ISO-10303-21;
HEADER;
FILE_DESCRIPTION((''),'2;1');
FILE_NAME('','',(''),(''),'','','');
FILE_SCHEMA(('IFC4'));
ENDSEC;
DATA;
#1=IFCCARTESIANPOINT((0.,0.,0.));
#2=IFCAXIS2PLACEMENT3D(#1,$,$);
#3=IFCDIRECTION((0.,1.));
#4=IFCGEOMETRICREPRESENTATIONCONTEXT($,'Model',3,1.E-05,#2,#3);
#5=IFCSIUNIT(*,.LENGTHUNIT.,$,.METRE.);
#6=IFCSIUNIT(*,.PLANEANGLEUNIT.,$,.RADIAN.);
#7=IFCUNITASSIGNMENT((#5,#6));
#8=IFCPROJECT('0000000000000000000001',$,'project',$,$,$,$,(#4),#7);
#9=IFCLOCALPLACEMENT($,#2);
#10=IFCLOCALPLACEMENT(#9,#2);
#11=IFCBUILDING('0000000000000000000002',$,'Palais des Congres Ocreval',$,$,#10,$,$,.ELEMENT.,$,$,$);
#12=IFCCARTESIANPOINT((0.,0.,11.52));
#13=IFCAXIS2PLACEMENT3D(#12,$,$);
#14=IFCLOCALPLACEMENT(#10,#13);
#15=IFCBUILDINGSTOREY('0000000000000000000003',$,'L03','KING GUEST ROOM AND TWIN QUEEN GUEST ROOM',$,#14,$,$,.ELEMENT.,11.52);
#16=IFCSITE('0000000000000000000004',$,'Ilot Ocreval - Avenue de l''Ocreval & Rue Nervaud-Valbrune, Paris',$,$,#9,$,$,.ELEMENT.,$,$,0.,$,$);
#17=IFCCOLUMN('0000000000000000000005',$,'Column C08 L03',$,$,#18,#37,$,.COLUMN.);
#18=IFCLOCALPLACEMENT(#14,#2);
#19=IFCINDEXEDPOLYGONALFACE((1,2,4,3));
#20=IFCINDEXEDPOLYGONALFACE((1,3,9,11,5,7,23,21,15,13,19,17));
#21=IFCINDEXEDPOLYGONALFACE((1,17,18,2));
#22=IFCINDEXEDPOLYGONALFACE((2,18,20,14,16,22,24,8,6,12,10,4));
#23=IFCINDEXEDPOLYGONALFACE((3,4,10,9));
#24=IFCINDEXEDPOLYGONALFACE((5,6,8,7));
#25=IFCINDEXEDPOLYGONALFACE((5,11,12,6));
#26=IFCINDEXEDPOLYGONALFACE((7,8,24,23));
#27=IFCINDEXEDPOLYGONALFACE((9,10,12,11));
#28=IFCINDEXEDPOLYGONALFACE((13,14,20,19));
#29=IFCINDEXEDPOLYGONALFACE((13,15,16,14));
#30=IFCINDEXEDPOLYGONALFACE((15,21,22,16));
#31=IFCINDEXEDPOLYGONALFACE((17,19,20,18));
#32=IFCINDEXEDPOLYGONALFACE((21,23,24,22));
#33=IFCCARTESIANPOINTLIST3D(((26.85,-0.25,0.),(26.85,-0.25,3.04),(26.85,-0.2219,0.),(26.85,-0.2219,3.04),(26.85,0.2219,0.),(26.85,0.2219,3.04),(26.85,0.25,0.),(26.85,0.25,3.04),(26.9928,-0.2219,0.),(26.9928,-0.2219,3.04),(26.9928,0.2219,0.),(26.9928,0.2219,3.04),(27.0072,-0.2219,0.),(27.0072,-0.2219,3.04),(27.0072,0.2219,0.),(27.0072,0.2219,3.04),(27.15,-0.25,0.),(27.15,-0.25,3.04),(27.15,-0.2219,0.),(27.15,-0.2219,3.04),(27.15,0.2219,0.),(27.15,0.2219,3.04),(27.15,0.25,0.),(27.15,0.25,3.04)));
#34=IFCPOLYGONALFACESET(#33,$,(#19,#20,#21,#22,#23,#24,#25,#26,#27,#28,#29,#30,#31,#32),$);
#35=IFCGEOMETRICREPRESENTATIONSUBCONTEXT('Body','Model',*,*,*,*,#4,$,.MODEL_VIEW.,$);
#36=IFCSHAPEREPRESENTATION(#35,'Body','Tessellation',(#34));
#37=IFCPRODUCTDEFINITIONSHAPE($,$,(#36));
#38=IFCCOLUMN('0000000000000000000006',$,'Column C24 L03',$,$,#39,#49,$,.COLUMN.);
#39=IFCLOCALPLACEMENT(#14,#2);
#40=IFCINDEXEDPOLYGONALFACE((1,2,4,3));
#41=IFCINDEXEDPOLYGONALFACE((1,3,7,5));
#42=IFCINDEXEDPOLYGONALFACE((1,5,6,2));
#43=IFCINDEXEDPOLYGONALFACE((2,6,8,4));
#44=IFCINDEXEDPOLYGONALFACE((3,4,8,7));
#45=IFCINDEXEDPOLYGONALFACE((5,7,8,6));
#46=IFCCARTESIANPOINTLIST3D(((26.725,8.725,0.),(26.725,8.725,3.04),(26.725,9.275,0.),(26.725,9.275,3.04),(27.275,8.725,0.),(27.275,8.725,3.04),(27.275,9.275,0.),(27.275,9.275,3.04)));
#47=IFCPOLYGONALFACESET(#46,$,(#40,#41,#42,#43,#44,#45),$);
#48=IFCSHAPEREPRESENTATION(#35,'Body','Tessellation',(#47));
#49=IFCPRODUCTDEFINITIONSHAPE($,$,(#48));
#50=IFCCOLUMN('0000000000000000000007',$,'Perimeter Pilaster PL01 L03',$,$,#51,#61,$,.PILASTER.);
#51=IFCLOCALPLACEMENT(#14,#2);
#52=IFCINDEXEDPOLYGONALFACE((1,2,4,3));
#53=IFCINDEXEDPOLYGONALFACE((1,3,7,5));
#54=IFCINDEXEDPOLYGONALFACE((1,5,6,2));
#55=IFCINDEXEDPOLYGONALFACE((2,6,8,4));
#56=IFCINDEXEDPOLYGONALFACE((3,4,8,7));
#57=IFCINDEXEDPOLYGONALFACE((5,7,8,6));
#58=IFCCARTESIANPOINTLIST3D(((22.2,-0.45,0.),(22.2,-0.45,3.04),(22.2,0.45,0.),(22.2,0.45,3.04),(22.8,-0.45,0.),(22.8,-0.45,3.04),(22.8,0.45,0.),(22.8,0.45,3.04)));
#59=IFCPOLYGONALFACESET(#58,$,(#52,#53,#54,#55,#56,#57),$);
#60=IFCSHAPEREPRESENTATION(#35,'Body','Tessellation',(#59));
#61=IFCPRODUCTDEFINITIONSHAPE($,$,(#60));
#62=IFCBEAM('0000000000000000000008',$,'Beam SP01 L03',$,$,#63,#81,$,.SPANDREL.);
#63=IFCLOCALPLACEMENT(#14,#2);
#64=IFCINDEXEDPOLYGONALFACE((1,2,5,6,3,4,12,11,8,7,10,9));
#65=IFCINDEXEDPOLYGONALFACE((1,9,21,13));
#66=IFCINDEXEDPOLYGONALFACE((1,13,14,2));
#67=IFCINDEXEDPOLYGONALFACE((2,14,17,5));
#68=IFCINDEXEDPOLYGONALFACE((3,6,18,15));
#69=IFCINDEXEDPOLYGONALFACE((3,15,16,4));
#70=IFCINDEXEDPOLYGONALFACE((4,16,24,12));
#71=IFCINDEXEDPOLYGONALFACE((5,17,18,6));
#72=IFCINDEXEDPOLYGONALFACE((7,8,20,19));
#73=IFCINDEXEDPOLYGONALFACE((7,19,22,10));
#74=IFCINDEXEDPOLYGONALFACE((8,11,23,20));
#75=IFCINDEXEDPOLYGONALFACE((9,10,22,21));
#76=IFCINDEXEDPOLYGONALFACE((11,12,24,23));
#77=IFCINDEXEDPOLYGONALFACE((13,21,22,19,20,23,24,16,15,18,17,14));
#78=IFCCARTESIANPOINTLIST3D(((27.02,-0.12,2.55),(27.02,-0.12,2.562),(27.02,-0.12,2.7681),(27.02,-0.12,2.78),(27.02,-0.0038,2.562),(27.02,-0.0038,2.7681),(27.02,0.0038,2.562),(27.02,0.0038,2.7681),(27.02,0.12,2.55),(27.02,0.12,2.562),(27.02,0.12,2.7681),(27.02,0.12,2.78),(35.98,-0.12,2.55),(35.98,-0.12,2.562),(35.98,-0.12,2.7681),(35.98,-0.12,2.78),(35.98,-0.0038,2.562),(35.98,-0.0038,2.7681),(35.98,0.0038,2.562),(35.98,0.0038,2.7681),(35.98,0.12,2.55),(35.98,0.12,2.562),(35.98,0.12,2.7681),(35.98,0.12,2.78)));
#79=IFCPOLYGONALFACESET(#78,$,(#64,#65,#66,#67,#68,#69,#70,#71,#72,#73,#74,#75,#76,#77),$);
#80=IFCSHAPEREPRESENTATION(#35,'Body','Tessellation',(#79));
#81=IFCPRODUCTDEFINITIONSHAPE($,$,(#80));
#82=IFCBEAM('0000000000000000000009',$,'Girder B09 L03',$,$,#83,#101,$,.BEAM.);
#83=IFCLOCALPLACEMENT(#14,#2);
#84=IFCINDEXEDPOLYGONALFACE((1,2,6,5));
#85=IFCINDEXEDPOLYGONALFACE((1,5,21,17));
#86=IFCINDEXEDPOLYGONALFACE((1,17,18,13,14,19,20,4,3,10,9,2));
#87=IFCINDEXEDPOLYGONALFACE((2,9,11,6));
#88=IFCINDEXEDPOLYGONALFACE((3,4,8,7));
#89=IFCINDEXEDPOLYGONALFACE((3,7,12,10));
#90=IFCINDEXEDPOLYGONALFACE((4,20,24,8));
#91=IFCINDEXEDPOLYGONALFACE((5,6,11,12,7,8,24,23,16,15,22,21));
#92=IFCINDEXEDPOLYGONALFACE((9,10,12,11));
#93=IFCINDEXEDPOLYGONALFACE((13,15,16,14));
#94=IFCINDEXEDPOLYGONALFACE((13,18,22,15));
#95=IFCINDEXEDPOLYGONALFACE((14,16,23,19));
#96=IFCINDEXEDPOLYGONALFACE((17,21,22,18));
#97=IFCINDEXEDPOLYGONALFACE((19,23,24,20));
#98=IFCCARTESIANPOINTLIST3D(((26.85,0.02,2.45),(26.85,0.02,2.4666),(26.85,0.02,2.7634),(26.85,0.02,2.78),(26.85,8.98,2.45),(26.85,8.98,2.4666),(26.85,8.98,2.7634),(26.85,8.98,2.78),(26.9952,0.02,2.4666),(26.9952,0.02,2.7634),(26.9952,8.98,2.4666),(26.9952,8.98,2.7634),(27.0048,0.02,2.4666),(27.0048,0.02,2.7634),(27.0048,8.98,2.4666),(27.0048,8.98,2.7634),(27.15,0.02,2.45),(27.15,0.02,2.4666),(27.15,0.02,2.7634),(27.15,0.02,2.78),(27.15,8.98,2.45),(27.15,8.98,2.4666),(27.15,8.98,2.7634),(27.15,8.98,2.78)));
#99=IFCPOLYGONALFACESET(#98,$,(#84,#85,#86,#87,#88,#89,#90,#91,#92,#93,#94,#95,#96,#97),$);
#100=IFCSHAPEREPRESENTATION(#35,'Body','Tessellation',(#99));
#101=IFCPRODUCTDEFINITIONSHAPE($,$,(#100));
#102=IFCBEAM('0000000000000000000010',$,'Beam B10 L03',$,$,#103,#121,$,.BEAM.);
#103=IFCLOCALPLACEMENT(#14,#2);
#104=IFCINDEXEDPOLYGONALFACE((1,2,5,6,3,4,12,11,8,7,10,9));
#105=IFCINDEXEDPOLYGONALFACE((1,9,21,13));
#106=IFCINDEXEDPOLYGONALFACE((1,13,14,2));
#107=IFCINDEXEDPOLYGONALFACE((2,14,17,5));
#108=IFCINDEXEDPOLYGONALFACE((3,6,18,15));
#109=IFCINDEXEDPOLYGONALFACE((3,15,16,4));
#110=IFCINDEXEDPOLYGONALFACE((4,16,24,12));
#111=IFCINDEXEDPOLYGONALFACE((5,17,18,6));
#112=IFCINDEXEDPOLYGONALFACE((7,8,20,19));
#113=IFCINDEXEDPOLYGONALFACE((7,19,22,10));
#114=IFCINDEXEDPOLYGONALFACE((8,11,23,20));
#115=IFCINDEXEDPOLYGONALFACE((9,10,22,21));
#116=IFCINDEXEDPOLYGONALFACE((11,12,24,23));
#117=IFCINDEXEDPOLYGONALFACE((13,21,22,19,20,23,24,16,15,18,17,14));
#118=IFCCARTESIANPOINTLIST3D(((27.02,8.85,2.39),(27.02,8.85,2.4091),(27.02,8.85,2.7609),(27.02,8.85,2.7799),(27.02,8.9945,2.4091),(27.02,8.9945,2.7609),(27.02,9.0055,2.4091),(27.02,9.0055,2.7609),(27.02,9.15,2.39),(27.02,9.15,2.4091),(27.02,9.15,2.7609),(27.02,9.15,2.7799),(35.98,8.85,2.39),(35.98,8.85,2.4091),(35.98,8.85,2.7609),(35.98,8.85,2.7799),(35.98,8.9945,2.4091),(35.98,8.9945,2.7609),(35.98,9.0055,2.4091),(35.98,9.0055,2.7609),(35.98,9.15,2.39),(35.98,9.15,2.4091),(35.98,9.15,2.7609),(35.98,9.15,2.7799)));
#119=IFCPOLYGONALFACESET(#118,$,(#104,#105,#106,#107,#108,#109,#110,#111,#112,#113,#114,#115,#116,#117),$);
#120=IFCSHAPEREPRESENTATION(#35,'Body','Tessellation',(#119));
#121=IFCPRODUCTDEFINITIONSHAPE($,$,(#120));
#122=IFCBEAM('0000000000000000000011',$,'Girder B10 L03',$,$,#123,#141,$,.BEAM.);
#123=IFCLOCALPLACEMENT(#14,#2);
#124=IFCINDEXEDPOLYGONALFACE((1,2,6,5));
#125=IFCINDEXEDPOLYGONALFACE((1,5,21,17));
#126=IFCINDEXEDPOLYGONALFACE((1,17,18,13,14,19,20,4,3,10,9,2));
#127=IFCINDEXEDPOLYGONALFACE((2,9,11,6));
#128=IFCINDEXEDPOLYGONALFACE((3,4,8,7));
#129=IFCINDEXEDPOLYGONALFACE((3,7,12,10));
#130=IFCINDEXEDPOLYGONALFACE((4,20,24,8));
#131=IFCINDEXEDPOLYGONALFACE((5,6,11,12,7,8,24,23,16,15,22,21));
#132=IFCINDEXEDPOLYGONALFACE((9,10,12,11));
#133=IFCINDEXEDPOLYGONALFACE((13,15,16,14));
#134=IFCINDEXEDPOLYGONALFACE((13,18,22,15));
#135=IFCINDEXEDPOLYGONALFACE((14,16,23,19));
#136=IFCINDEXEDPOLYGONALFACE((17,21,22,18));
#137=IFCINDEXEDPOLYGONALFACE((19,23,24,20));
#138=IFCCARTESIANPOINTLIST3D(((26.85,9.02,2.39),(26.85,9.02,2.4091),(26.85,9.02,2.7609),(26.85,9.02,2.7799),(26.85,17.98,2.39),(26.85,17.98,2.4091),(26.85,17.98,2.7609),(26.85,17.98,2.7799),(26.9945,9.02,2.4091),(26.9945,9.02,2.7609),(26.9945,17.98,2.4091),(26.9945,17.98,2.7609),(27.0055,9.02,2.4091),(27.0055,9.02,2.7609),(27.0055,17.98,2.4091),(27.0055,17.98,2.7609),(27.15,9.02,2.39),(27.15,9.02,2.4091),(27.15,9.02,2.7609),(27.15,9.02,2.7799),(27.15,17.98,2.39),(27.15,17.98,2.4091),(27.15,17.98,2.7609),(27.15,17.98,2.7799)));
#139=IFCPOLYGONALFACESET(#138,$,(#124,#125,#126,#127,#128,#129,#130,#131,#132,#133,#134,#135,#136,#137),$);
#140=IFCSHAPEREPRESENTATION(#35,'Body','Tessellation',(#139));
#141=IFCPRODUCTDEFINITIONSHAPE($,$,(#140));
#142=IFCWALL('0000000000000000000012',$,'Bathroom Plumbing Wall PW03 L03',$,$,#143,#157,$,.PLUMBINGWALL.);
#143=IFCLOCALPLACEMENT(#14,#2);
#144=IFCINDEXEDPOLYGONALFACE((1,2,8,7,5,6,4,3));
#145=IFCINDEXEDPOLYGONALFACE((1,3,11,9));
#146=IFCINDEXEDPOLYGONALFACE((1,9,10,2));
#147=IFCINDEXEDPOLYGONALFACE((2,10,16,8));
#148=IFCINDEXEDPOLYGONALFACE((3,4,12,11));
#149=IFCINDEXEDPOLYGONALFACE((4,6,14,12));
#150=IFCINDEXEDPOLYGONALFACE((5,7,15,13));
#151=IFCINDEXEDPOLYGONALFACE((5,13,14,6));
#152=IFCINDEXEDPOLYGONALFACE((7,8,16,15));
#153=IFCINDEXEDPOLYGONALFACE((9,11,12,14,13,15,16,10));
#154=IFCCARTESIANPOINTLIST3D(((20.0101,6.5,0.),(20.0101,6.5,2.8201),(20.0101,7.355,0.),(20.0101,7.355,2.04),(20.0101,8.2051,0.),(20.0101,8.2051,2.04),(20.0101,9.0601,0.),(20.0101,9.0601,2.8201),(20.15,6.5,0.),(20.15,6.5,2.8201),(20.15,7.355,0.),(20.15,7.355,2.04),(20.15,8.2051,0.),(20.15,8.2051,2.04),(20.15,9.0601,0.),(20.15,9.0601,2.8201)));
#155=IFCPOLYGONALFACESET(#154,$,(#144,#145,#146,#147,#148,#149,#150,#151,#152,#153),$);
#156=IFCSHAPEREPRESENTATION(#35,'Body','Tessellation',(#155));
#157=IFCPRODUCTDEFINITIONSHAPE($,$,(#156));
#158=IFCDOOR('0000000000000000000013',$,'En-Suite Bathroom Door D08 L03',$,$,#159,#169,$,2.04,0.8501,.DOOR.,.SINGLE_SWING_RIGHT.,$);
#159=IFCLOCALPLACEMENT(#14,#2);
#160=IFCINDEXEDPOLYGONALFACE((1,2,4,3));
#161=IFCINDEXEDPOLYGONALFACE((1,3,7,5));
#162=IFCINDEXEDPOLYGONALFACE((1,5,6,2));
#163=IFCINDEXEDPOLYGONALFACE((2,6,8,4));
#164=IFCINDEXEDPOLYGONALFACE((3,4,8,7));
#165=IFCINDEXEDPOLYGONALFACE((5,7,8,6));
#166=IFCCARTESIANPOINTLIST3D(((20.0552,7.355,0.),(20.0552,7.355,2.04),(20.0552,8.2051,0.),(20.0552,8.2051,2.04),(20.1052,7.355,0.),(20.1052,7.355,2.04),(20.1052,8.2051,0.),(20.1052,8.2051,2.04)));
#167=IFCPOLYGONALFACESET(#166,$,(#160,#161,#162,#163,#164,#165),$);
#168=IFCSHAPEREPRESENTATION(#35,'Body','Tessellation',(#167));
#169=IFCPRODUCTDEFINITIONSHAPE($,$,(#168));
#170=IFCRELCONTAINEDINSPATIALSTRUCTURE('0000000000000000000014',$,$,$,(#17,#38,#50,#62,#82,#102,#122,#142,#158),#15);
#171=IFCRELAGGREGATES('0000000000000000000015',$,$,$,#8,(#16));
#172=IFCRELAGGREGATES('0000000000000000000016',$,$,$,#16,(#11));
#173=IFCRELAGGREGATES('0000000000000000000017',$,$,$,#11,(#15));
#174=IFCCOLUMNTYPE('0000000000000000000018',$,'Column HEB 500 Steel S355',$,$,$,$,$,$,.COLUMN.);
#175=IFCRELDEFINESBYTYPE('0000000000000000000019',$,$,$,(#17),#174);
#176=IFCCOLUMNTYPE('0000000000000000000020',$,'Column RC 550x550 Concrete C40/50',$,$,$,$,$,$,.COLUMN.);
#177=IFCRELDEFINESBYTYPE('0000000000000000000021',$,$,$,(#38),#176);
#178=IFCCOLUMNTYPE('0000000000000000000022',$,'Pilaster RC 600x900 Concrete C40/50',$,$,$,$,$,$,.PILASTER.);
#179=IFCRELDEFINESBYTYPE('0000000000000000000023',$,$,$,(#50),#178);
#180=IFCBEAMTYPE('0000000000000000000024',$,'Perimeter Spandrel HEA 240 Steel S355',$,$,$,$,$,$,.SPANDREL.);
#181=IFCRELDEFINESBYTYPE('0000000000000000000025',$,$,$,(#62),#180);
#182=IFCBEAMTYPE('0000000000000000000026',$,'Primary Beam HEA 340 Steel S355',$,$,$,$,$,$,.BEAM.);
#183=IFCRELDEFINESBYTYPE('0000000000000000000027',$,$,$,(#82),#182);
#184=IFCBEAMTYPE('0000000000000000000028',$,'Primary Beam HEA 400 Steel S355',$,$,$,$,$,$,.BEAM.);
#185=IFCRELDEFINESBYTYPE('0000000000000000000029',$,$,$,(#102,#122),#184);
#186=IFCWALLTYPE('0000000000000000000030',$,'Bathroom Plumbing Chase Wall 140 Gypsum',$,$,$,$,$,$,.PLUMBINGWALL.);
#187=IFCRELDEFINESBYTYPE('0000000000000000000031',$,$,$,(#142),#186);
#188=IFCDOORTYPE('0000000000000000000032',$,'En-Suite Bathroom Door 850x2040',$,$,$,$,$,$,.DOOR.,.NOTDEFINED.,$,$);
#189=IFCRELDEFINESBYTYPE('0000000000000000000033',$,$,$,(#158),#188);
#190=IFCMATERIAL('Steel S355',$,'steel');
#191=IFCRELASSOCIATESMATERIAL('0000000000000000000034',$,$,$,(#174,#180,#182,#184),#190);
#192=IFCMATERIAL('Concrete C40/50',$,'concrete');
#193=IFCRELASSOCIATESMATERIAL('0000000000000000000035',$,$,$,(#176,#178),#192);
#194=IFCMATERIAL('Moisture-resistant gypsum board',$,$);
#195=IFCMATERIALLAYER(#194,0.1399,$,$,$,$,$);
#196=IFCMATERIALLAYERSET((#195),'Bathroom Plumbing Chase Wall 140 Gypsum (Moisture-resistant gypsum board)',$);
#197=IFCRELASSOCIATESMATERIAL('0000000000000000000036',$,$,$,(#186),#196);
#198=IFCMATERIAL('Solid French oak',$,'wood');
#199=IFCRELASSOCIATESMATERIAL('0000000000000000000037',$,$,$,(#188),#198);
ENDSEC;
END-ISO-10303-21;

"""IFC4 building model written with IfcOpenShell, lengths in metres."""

from ifc_helpers import new_model, si_unit, direction, frame, frame_2d, origin, origin_2d, place, context, subcontext, project, spatial, rectangle, i_section, extrude, material, layer, layer_set, material_profile, profile_set, type_object, element, fill, save


model = new_model("IFC4")

# Units and contexts
model_context = context("Model", 3, precision=1e-05, world=origin(), true_north=direction((0.0, 1.0)))
body_context = subcontext(model_context, "Body", "Model", "MODEL_VIEW")
ifc_project = project(units=[si_unit("LENGTHUNIT", "METRE"), si_unit("PLANEANGLEUNIT", "RADIAN")], contexts=[model_context])

# Site, building, storey
site_placement = place(None, origin())
site = spatial("IfcSite", under=ifc_project, at=site_placement, Name="Ilot Ocreval - Avenue de l'Ocreval & Rue Nervaud-Valbrune, Paris", CompositionType="ELEMENT", RefElevation=0.0)
building_placement = place(site_placement, origin())
building = spatial("IfcBuilding", under=site, at=building_placement, Name="Palais des Congres Ocreval", CompositionType="ELEMENT")
storey_placement = place(building_placement, frame((0.0, 0.0, 11.52)))
storey = spatial("IfcBuildingStorey", under=building, at=storey_placement, Name="L03", Description="KING GUEST ROOM AND TWIN QUEEN GUEST ROOM", CompositionType="ELEMENT", Elevation=11.52)

# Columns
ifc_material_1 = material(Name="Steel S355", Category="steel")
ifc_material_profile_1 = material_profile(ifc_material_1, i_section(OverallWidth=0.3, OverallDepth=0.5, WebThickness=0.0144, FlangeThickness=0.0281, at=origin_2d()), Name="HEB 500")
ifc_profile_set_1 = profile_set([ifc_material_profile_1], Name="Steel S355")
column_type_1 = type_object("IfcColumnType", Name="Column HEB 500 Steel S355", PredefinedType="COLUMN", material=ifc_profile_set_1)
column_1_placement = place(storey_placement, frame((27.0, 0.0, 0.0), z_axis=(0.0, 0.0, 1.0), x_axis=(1.0, 0.0, 0.0)))
element("IfcColumn", 1, at=column_1_placement, inside=storey, type_object=column_type_1, Name="Column C08 L03", PredefinedType="COLUMN", context=body_context, shape_type="SweptSolid", body=[
    extrude(i_section(OverallWidth=0.3, OverallDepth=0.5, WebThickness=0.0144, FlangeThickness=0.0281, at=origin_2d()), origin(), (0.0, 0.0, 1.0), 3.04),
])
ifc_material_2 = material(Name="Concrete C40/50", Category="concrete")
ifc_material_profile_2 = material_profile(ifc_material_2, rectangle(XDim=0.55, YDim=0.55, at=origin_2d()), Name="RC 550x550")
ifc_profile_set_2 = profile_set([ifc_material_profile_2], Name="Concrete C40/50")
column_type_2 = type_object("IfcColumnType", Name="Column RC 550x550 Concrete C40/50", PredefinedType="COLUMN", material=ifc_profile_set_2)
column_2_placement = place(storey_placement, frame((27.0, 9.0, 0.0), z_axis=(0.0, 0.0, 1.0), x_axis=(1.0, 0.0, 0.0)))
element("IfcColumn", 2, at=column_2_placement, inside=storey, type_object=column_type_2, Name="Column C24 L03", PredefinedType="COLUMN", context=body_context, shape_type="SweptSolid", body=[
    extrude(rectangle(XDim=0.55, YDim=0.55, at=origin_2d()), origin(), (0.0, 0.0, 1.0), 3.04),
])
ifc_material_profile_3 = material_profile(ifc_material_2, rectangle(XDim=0.6001, YDim=0.8999, at=origin_2d()), Name="RC 600x900")
ifc_profile_set_3 = profile_set([ifc_material_profile_3], Name="Concrete C40/50")
column_type_3 = type_object("IfcColumnType", Name="Pilaster RC 600x900 Concrete C40/50", PredefinedType="PILASTER", material=ifc_profile_set_3)
column_3_placement = place(storey_placement, frame((22.5, 0.0, 0.0), z_axis=(0.0, 0.0, 1.0), x_axis=(1.0, 0.0, 0.0)))
element("IfcColumn", 3, at=column_3_placement, inside=storey, type_object=column_type_3, Name="Perimeter Pilaster PL01 L03", PredefinedType="PILASTER", context=body_context, shape_type="SweptSolid", body=[
    extrude(rectangle(XDim=0.6001, YDim=0.8999, at=origin_2d()), origin(), (0.0, 0.0, 1.0), 3.04),
])

# Beams
ifc_material_profile_4 = material_profile(ifc_material_1, i_section(OverallWidth=0.24, OverallDepth=0.23, WebThickness=0.0076, FlangeThickness=0.012, at=origin_2d()), Name="HEA 240")
ifc_profile_set_4 = profile_set([ifc_material_profile_4], Name="Steel S355")
beam_type_1 = type_object("IfcBeamType", Name="Perimeter Spandrel HEA 240 Steel S355", PredefinedType="SPANDREL", material=ifc_profile_set_4)
beam_1_placement = place(storey_placement, frame((27.02, 0.0, 2.665), z_axis=(1.0, 0.0, 0.0), x_axis=(0.0, 1.0, 0.0)))
element("IfcBeam", 4, at=beam_1_placement, inside=storey, type_object=beam_type_1, Name="Beam SP01 L03", PredefinedType="SPANDREL", context=body_context, shape_type="SweptSolid", body=[
    extrude(i_section(OverallWidth=0.24, OverallDepth=0.23, WebThickness=0.0076, FlangeThickness=0.012, at=origin_2d()), origin(), (0.0, 0.0, 1.0), 8.96),
])
ifc_material_profile_5 = material_profile(ifc_material_1, i_section(OverallWidth=0.3, OverallDepth=0.3301, WebThickness=0.0095, FlangeThickness=0.0166, at=origin_2d()), Name="HEA 340")
ifc_profile_set_5 = profile_set([ifc_material_profile_5], Name="Steel S355")
beam_type_2 = type_object("IfcBeamType", Name="Primary Beam HEA 340 Steel S355", PredefinedType="BEAM", material=ifc_profile_set_5)
beam_2_placement = place(storey_placement, frame((27.0, 0.02, 2.615), z_axis=(0.0, 1.0, 0.0), x_axis=(-1.0, 0.0, 0.0)))
element("IfcBeam", 5, at=beam_2_placement, inside=storey, type_object=beam_type_2, Name="Girder B09 L03", PredefinedType="BEAM", context=body_context, shape_type="SweptSolid", body=[
    extrude(i_section(OverallWidth=0.3, OverallDepth=0.3301, WebThickness=0.0095, FlangeThickness=0.0166, at=origin_2d()), origin(), (0.0, 0.0, 1.0), 8.96),
])
ifc_material_profile_6 = material_profile(ifc_material_1, i_section(OverallWidth=0.3, OverallDepth=0.3899, WebThickness=0.011, FlangeThickness=0.019, at=origin_2d()), Name="HEA 400")
ifc_profile_set_6 = profile_set([ifc_material_profile_6], Name="Steel S355")
beam_type_3 = type_object("IfcBeamType", Name="Primary Beam HEA 400 Steel S355", PredefinedType="BEAM", material=ifc_profile_set_6)
for number, where, z_axis, x_axis, name in (
    (6, (27.02, 9.0, 2.585), (1.0, 0.0, 0.0), (0.0, 1.0, 0.0), "Beam B10 L03"),
    (7, (27.0, 9.02, 2.585), (0.0, 1.0, 0.0), (-1.0, 0.0, 0.0), "Girder B10 L03"),
):
    element("IfcBeam", number, at=place(storey_placement, frame(where, z_axis=z_axis, x_axis=x_axis)), inside=storey, type_object=beam_type_3, Name=name, PredefinedType="BEAM", context=body_context, shape_type="SweptSolid", body=[
        extrude(i_section(OverallWidth=0.3, OverallDepth=0.3899, WebThickness=0.011, FlangeThickness=0.019, at=origin_2d()), origin(), (0.0, 0.0, 1.0), 8.96),
    ])

# Wall, opening, door
ifc_material_3 = material(Name="Moisture-resistant gypsum board")
ifc_layer_1 = layer(ifc_material_3, 0.1399)
ifc_layer_set_1 = layer_set([ifc_layer_1], Name="Bathroom Plumbing Chase Wall 140 Gypsum (Moisture-resistant gypsum board)")
wall_type_1 = type_object("IfcWallType", Name="Bathroom Plumbing Chase Wall 140 Gypsum", PredefinedType="PLUMBINGWALL", material=ifc_layer_set_1)
wall_1_placement = place(storey_placement, frame((20.0801, 6.5, 0.0), z_axis=(0.0, 0.0, 1.0), x_axis=(0.0, 1.0, 0.0)))
wall_1 = element("IfcWall", 8, at=wall_1_placement, inside=storey, type_object=wall_type_1, Name="Bathroom Plumbing Wall PW03 L03", PredefinedType="PLUMBINGWALL", context=body_context, shape_type="SweptSolid", body=[
    extrude(rectangle(XDim=2.5601, YDim=0.1399, at=frame_2d((1.28, 0.0))), origin(), (0.0, 0.0, 1.0), 2.8201),
])
opening_1_placement = place(wall_1_placement, frame((0.855, 0.0, 0.0)))
opening_1 = element("IfcOpeningElement", 9, at=opening_1_placement, cuts=wall_1, PredefinedType="OPENING", context=body_context, shape_type="SweptSolid", body=[
    extrude(rectangle(XDim=0.8501, YDim=2.04, at=frame_2d((0.425, 1.02))), frame((0.0, 0.0798, 0.0), z_axis=(0.0, -1.0, 0.0), x_axis=(1.0, 0.0, 0.0)), (0.0, 0.0, 1.0), 0.1599),
])
ifc_material_4 = material(Name="Solid French oak", Category="wood")
door_type_1 = type_object("IfcDoorType", Name="En-Suite Bathroom Door 850x2040", OperationType="NOTDEFINED", PredefinedType="DOOR", material=ifc_material_4)
door_1_placement = place(opening_1_placement, origin())
door_1 = element("IfcDoor", 10, at=door_1_placement, inside=storey, type_object=door_type_1, Name="En-Suite Bathroom Door D08 L03", OperationType="SINGLE_SWING_RIGHT", OverallHeight=2.04, OverallWidth=0.8501, PredefinedType="DOOR", context=body_context, shape_type="SweptSolid", body=[
    extrude(rectangle(XDim=0.8501, YDim=2.04, at=frame_2d((0.425, 1.02))), frame((0.0, 0.0249, 0.0), z_axis=(0.0, -1.0, 0.0), x_axis=(1.0, 0.0, 0.0)), (0.0, 0.0, 1.0), 0.05),
])
fill(opening_1, door_1)

save(model, "model.ifc")
